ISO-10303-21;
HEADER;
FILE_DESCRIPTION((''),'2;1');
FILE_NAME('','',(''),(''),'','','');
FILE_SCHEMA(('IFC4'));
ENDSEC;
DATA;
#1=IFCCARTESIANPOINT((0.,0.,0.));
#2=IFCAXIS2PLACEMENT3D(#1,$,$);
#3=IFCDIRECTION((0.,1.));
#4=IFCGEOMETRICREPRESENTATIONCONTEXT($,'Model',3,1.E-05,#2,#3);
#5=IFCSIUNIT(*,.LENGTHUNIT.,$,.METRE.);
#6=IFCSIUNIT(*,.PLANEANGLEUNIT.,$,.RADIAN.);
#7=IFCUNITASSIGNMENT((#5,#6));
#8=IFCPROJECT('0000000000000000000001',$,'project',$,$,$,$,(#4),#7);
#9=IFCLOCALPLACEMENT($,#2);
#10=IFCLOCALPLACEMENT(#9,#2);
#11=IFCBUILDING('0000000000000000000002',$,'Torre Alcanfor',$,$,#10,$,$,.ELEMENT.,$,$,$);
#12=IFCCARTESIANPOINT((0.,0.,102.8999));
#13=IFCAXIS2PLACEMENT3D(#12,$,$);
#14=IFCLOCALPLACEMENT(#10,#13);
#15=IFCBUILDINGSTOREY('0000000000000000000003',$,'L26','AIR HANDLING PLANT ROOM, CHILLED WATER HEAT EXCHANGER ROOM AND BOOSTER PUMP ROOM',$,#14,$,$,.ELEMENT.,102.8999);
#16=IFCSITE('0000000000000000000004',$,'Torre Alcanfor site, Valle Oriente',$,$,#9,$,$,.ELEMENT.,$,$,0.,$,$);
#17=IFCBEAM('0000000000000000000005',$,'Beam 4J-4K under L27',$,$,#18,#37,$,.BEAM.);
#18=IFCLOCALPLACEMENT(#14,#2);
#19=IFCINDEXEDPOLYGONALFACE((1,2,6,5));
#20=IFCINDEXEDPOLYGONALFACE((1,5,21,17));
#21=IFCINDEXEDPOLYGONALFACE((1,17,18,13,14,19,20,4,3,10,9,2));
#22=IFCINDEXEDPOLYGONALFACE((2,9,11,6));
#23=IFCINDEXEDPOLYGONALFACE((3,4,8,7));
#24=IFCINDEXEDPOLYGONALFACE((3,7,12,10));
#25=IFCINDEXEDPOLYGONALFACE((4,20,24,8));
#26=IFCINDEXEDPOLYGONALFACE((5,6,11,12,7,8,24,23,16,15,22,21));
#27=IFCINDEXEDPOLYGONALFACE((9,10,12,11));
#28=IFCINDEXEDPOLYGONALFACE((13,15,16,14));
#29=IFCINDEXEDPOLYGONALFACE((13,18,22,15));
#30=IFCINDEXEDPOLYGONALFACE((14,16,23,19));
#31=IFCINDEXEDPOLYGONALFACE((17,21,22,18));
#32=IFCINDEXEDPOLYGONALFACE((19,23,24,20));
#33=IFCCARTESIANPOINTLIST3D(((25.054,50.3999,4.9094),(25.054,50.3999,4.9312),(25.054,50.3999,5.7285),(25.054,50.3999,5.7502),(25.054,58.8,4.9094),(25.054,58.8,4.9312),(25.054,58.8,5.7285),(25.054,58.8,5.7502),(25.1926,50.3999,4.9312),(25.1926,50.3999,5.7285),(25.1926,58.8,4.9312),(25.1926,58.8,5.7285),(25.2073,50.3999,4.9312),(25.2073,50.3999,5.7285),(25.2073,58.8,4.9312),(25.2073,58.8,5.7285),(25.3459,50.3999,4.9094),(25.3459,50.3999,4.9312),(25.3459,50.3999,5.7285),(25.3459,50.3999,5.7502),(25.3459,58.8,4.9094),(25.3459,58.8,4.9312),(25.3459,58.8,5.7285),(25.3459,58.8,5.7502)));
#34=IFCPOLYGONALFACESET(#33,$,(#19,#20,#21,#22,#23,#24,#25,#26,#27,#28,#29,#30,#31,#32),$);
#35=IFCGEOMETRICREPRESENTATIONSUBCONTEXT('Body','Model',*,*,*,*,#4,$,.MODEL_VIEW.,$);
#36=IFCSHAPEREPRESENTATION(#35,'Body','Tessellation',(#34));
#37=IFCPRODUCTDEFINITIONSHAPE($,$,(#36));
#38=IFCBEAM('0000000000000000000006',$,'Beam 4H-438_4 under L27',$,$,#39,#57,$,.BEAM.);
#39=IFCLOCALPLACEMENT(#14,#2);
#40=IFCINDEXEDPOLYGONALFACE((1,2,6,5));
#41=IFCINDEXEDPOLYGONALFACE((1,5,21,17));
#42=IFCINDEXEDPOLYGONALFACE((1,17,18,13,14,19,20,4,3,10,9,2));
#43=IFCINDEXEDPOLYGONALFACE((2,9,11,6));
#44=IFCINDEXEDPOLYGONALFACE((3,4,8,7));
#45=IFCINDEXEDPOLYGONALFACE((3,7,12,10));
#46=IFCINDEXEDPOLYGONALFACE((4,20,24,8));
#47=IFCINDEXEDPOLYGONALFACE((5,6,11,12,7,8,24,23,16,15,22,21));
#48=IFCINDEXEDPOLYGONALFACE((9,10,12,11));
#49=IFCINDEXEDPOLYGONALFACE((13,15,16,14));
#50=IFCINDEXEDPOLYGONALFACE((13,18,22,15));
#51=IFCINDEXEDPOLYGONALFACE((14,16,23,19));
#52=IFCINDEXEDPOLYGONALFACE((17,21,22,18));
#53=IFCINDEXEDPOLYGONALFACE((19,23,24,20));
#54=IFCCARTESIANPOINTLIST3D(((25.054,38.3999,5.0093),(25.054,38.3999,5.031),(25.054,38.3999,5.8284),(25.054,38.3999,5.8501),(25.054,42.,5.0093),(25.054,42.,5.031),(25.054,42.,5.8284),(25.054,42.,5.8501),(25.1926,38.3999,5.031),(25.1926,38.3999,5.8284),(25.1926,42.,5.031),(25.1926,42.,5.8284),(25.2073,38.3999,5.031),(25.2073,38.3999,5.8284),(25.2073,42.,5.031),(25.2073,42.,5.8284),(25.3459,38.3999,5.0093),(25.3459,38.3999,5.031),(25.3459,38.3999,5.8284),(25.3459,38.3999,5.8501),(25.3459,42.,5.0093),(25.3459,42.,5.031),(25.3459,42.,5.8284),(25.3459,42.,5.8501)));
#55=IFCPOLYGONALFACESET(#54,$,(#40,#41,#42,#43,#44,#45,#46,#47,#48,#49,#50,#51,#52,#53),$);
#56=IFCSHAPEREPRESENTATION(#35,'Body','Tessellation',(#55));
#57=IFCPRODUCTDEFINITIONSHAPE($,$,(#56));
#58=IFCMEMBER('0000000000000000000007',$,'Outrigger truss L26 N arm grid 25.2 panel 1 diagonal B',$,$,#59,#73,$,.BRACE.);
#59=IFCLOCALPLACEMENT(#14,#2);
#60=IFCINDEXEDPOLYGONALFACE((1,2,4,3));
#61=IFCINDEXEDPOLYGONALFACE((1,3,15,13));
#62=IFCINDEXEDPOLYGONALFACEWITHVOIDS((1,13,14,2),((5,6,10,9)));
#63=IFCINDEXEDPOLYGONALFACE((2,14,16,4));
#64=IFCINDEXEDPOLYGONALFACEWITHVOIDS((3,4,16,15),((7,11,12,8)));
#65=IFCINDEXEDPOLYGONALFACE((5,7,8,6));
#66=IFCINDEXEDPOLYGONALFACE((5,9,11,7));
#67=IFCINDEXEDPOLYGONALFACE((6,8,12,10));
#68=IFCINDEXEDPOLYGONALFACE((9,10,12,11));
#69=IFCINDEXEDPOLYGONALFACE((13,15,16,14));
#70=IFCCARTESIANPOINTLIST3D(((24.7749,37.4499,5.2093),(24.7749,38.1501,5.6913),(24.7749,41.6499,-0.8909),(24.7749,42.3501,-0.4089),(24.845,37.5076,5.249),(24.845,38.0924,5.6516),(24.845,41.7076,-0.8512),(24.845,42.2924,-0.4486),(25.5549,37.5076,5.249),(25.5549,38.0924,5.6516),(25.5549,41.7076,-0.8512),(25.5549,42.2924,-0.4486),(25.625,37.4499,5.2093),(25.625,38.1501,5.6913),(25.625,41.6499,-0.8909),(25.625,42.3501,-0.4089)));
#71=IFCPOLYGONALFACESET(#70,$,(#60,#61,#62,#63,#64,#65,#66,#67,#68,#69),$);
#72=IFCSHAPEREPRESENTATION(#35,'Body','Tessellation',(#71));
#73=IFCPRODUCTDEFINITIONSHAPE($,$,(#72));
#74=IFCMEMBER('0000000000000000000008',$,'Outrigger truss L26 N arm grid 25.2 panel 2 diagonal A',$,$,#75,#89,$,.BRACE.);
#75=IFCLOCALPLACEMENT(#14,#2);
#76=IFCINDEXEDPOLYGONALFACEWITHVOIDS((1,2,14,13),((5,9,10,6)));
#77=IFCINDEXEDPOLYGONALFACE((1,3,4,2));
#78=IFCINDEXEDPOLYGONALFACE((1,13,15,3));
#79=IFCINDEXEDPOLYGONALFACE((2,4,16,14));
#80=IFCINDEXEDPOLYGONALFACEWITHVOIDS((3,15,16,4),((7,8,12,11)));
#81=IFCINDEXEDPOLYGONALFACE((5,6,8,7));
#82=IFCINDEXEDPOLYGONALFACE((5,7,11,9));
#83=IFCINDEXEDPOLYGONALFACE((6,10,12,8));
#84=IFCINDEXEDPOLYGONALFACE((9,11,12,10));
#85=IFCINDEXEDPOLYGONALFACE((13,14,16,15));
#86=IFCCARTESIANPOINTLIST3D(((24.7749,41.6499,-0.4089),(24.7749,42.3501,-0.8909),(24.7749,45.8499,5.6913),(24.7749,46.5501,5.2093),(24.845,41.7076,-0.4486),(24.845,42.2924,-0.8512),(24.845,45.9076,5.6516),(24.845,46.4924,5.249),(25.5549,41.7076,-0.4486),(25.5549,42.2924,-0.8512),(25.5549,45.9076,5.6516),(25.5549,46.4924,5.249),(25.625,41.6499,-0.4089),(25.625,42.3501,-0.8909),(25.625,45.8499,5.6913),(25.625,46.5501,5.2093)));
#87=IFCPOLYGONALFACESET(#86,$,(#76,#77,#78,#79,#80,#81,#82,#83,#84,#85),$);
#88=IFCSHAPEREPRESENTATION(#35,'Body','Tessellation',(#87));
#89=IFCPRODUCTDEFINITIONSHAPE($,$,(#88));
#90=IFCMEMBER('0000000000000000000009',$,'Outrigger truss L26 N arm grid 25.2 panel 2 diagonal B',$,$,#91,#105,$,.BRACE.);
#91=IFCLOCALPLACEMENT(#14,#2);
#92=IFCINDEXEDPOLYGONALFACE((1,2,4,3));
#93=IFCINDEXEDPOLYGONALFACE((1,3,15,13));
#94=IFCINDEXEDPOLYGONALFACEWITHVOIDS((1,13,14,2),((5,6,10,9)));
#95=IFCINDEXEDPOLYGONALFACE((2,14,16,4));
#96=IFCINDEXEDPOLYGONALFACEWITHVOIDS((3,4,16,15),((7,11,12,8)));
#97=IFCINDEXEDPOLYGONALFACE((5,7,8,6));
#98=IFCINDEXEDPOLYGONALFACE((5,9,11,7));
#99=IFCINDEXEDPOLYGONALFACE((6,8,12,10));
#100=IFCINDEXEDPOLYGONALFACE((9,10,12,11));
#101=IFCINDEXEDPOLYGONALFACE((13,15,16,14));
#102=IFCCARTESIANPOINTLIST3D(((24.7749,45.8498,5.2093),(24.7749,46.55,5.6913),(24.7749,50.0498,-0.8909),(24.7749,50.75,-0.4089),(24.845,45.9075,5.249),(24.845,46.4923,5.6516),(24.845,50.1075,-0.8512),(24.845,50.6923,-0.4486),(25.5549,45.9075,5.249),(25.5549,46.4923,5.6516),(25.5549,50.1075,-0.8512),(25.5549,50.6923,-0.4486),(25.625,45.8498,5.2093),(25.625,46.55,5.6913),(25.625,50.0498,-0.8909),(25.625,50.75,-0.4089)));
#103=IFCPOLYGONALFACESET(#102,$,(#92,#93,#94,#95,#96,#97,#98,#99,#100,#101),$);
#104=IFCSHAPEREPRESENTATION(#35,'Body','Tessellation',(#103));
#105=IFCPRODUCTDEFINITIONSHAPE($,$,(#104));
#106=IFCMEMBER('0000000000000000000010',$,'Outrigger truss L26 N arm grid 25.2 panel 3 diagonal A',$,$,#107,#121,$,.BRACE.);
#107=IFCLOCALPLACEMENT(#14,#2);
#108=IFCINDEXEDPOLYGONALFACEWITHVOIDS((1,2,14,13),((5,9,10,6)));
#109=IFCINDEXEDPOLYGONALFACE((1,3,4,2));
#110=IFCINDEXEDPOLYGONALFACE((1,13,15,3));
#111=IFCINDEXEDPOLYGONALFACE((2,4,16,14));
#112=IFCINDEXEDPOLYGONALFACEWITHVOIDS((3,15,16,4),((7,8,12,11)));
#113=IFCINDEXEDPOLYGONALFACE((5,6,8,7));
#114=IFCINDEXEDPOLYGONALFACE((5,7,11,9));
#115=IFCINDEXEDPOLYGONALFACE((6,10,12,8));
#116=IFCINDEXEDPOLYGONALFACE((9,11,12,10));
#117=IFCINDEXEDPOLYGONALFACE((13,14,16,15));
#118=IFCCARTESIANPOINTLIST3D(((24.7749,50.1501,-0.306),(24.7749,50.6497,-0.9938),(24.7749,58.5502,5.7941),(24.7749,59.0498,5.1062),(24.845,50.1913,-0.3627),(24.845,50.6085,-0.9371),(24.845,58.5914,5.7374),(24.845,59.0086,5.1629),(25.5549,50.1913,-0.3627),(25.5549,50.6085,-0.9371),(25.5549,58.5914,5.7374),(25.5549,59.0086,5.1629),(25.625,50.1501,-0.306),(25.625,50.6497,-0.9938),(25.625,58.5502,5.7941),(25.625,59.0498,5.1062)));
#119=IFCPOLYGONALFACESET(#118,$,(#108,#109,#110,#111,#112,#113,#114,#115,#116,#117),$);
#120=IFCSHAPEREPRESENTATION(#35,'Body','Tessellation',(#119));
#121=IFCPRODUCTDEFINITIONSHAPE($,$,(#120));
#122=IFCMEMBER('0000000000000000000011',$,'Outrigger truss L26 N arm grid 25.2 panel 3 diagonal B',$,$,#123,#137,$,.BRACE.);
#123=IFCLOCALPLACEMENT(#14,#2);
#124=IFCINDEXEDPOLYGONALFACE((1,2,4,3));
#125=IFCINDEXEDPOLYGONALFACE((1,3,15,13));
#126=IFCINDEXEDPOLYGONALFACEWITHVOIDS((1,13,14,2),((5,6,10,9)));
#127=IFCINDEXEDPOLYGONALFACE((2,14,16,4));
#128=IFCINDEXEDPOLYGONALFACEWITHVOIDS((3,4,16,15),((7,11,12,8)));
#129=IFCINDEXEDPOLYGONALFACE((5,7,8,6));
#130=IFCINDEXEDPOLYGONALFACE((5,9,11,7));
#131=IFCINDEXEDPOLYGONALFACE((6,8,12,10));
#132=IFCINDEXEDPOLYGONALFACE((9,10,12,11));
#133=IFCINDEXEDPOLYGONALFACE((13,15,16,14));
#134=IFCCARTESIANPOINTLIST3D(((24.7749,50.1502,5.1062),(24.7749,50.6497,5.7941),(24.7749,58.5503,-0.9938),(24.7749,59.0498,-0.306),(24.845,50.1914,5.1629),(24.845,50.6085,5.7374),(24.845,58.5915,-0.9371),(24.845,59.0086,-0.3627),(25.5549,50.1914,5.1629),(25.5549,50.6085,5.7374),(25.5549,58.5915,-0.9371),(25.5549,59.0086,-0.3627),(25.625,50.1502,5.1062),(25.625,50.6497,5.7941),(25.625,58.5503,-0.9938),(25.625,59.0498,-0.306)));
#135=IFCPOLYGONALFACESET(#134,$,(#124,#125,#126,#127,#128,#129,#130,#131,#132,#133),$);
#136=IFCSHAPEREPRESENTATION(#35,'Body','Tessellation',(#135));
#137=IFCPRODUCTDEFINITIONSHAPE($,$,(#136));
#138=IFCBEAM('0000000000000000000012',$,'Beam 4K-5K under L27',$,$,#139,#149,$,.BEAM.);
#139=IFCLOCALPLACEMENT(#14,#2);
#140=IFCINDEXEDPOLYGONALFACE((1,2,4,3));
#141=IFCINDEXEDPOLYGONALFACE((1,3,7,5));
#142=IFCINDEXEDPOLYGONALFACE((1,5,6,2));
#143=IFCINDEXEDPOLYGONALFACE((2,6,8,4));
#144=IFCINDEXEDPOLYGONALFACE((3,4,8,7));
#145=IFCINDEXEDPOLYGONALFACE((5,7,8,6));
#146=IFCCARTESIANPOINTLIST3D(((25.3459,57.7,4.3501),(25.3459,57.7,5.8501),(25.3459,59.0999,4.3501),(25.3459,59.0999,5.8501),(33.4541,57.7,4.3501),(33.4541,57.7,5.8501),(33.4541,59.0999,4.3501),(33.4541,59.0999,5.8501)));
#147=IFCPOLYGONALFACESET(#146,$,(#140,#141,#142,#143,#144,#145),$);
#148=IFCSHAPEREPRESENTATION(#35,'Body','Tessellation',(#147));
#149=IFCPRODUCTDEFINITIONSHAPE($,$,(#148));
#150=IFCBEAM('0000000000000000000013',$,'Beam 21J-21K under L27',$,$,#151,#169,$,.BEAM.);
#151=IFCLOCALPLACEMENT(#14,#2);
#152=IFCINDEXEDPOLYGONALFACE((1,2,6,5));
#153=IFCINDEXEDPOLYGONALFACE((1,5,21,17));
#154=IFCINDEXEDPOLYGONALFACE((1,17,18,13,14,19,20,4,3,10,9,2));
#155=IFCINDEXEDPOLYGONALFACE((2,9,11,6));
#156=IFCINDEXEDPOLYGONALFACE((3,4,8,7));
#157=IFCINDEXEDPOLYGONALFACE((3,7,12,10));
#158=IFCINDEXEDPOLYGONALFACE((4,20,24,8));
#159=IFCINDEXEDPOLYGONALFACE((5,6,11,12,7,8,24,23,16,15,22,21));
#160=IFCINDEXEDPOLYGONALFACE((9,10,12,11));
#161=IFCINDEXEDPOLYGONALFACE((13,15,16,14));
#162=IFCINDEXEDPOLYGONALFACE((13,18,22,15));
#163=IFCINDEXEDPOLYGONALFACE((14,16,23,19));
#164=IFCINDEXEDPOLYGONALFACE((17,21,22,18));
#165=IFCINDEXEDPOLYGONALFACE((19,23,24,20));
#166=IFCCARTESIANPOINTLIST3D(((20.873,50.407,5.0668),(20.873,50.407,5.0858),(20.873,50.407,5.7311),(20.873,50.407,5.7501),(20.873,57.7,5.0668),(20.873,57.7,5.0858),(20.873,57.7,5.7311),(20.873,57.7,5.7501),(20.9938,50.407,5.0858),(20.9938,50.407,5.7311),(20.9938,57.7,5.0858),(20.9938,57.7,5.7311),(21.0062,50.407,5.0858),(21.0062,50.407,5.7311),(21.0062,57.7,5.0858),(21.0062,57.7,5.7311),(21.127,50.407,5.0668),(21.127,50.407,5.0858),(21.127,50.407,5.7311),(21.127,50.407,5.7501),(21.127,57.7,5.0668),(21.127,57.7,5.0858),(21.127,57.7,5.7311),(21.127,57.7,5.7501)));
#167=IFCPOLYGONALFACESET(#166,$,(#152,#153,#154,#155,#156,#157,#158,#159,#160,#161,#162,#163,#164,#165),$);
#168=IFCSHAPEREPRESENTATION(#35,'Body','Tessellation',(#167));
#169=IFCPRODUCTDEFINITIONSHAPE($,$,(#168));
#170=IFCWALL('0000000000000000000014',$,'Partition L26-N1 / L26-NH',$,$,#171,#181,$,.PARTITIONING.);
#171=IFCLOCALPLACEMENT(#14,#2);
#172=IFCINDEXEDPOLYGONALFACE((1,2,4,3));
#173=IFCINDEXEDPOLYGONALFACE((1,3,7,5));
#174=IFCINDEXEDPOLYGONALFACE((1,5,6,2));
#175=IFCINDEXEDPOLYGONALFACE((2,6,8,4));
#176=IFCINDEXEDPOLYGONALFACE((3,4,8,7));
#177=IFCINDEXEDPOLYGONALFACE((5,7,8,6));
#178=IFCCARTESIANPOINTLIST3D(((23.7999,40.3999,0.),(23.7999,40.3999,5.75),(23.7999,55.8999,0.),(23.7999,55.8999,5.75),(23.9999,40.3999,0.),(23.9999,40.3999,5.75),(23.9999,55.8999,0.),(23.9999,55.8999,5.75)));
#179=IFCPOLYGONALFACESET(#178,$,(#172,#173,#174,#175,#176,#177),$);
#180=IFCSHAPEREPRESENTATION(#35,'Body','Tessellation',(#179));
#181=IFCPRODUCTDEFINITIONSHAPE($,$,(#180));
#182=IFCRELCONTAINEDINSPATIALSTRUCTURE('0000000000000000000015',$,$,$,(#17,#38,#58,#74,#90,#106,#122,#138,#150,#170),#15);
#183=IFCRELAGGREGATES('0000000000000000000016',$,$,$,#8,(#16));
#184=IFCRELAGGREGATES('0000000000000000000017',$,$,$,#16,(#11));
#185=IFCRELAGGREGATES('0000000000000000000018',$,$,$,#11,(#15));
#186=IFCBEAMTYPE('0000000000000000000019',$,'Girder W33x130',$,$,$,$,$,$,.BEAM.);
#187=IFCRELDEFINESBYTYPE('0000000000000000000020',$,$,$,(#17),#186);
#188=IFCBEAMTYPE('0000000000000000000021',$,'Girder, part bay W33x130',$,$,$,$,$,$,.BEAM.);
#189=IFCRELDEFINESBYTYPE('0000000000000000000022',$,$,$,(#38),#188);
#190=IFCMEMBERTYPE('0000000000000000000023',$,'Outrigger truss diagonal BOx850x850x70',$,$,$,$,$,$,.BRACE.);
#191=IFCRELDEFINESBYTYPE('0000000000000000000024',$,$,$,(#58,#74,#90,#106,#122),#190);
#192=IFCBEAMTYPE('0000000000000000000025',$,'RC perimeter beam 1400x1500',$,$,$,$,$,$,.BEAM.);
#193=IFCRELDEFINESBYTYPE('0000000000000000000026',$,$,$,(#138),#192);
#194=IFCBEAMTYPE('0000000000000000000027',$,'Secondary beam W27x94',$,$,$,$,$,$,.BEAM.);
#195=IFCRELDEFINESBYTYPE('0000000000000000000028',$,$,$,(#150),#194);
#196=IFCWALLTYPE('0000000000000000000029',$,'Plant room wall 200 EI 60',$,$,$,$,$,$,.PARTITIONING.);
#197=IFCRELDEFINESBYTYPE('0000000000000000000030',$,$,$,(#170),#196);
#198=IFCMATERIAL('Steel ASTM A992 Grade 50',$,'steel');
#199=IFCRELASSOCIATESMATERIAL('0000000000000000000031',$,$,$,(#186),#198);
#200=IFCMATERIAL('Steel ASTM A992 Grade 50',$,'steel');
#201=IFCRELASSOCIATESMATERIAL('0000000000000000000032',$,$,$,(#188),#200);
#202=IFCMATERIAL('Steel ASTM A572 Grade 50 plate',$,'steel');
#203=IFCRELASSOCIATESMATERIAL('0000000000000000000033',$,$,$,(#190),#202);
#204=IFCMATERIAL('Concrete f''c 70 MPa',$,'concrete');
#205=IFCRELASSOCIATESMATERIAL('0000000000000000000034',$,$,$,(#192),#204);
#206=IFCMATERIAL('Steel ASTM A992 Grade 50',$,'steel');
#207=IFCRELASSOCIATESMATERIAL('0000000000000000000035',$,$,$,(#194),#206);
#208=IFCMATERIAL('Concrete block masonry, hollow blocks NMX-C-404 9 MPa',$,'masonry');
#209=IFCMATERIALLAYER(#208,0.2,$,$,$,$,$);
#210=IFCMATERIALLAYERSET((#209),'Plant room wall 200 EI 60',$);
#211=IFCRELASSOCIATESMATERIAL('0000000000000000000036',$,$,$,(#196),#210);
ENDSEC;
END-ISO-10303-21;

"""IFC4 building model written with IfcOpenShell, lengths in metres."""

from ifc_helpers import new_model, si_unit, direction, frame, frame_2d, origin, origin_2d, place, context, subcontext, project, spatial, rectangle, hollow_rectangle, i_section, extrude, material, layer, layer_set, material_profile, profile_set, type_object, element, save


model = new_model("IFC4")

# Units and contexts
model_context = context("Model", 3, precision=1e-05, world=origin(), true_north=direction((0.0, 1.0)))
body_context = subcontext(model_context, "Body", "Model", "MODEL_VIEW")
ifc_project = project(units=[si_unit("LENGTHUNIT", "METRE"), si_unit("PLANEANGLEUNIT", "RADIAN")], contexts=[model_context])

# Site, building, storey
site_placement = place(None, origin())
site = spatial("IfcSite", under=ifc_project, at=site_placement, Name="Torre Alcanfor site, Valle Oriente", CompositionType="ELEMENT", RefElevation=0.0)
building_placement = place(site_placement, origin())
building = spatial("IfcBuilding", under=site, at=building_placement, Name="Torre Alcanfor", CompositionType="ELEMENT")
storey_placement = place(building_placement, frame((0.0, 0.0, 102.8999)))
storey = spatial("IfcBuildingStorey", under=building, at=storey_placement, Name="L26", Description="AIR HANDLING PLANT ROOM, CHILLED WATER HEAT EXCHANGER ROOM AND BOOSTER PUMP ROOM", CompositionType="ELEMENT", Elevation=102.8999)

# Beams
ifc_material_1 = material(Name="Steel ASTM A992 Grade 50", Category="steel")
ifc_material_profile_1 = material_profile(ifc_material_1, i_section(OverallWidth=0.292, OverallDepth=0.8408, WebThickness=0.0146, FlangeThickness=0.0217, at=origin_2d()), Name="W33x130")
ifc_profile_set_1 = profile_set([ifc_material_profile_1], Name="Steel ASTM A992 Grade 50")
beam_type_1 = type_object("IfcBeamType", Name="Girder W33x130", PredefinedType="BEAM", material=ifc_profile_set_1)
beam_1_placement = place(storey_placement, frame((25.2, 50.3999, 5.3298), z_axis=(0.0, 1.0, 0.0), x_axis=(-1.0, 0.0, 0.0)))
element("IfcBeam", 1, at=beam_1_placement, inside=storey, type_object=beam_type_1, Name="Beam 4J-4K under L27", PredefinedType="BEAM", context=body_context, shape_type="SweptSolid", body=[
    extrude(i_section(OverallWidth=0.292, OverallDepth=0.8408, WebThickness=0.0146, FlangeThickness=0.0217, at=origin_2d()), origin(), (0.0, 0.0, 1.0), 8.4001),
])
ifc_material_2 = material(Name="Steel ASTM A992 Grade 50", Category="steel")
ifc_material_profile_2 = material_profile(ifc_material_2, i_section(OverallWidth=0.292, OverallDepth=0.8408, WebThickness=0.0146, FlangeThickness=0.0217, at=origin_2d()), Name="W33x130")
ifc_profile_set_2 = profile_set([ifc_material_profile_2], Name="Steel ASTM A992 Grade 50")
beam_type_2 = type_object("IfcBeamType", Name="Girder, part bay W33x130", PredefinedType="BEAM", material=ifc_profile_set_2)
beam_2_placement = place(storey_placement, frame((25.2, 42.0, 5.4297), z_axis=(0.0, -1.0, 0.0), x_axis=(1.0, 0.0, 0.0)))
element("IfcBeam", 2, at=beam_2_placement, inside=storey, type_object=beam_type_2, Name="Beam 4H-438_4 under L27", PredefinedType="BEAM", context=body_context, shape_type="SweptSolid", body=[
    extrude(i_section(OverallWidth=0.292, OverallDepth=0.8408, WebThickness=0.0146, FlangeThickness=0.0217, at=origin_2d()), origin(), (0.0, 0.0, 1.0), 3.6001),
])

# Members
ifc_material_3 = material(Name="Steel ASTM A572 Grade 50 plate", Category="steel")
ifc_material_profile_3 = material_profile(ifc_material_3, hollow_rectangle(XDim=0.8501, YDim=0.8501, WallThickness=0.0701, at=origin_2d()), Name="BOX 850x850x70")
ifc_profile_set_3 = profile_set([ifc_material_profile_3], Name="Steel ASTM A572 Grade 50 plate")
member_type_1 = type_object("IfcMemberType", Name="Outrigger truss diagonal BOx850x850x70", PredefinedType="BRACE", material=ifc_profile_set_3)
for number, where, z_axis, x_axis, name in (
    (3, (25.2, 42.0, -0.6499), (0.0, -0.567091, 0.823655), (1.0, 0.0, 0.0), "Outrigger truss L26 N arm grid 25.2 panel 1 diagonal B"),
    (4, (25.2, 42.0, -0.6499), (0.0, 0.567091, 0.823655), (-1.0, 0.0, 0.0), "Outrigger truss L26 N arm grid 25.2 panel 2 diagonal A"),
    (5, (25.2, 50.3999, -0.6499), (0.0, -0.567091, 0.823655), (1.0, 0.0, 0.0), "Outrigger truss L26 N arm grid 25.2 panel 2 diagonal B"),
):
    element("IfcMember", number, at=place(storey_placement, frame(where, z_axis=z_axis, x_axis=x_axis)), inside=storey, type_object=member_type_1, Name=name, PredefinedType="BRACE", context=body_context, shape_type="SweptSolid", body=[
        extrude(hollow_rectangle(XDim=0.8501, YDim=0.8501, WallThickness=0.0701, at=origin_2d()), origin(), (0.0, 0.0, 1.0), 7.4062),
    ])
for number, where, z_axis, x_axis, name in (
    (6, (25.2, 50.3999, -0.6499), (0.0, 0.809153, 0.587598), (-1.0, 0.0, 0.0), "Outrigger truss L26 N arm grid 25.2 panel 3 diagonal A"),
    (7, (25.2, 58.8, -0.6499), (0.0, -0.809153, 0.587598), (1.0, 0.0, 0.0), "Outrigger truss L26 N arm grid 25.2 panel 3 diagonal B"),
):
    element("IfcMember", number, at=place(storey_placement, frame(where, z_axis=z_axis, x_axis=x_axis)), inside=storey, type_object=member_type_1, Name=name, PredefinedType="BRACE", context=body_context, shape_type="SweptSolid", body=[
        extrude(hollow_rectangle(XDim=0.8501, YDim=0.8501, WallThickness=0.0701, at=origin_2d()), origin(), (0.0, 0.0, 1.0), 10.3813),
    ])

# Beams
ifc_material_4 = material(Name="Concrete f'c 70 MPa", Category="concrete")
ifc_material_profile_4 = material_profile(ifc_material_4, rectangle(XDim=1.3999, YDim=1.5, at=origin_2d()), Name="1400x1500")
ifc_profile_set_4 = profile_set([ifc_material_profile_4], Name="Concrete f'c 70 MPa")
beam_type_3 = type_object("IfcBeamType", Name="RC perimeter beam 1400x1500", PredefinedType="BEAM", material=ifc_profile_set_4)
beam_3_placement = place(storey_placement, frame((25.3459, 58.3999, 5.1001), z_axis=(1.0, 0.0, 0.0), x_axis=(0.0, 1.0, 0.0)))
element("IfcBeam", 8, at=beam_3_placement, inside=storey, type_object=beam_type_3, Name="Beam 4K-5K under L27", PredefinedType="BEAM", context=body_context, shape_type="SweptSolid", body=[
    extrude(rectangle(XDim=1.3999, YDim=1.5, at=origin_2d()), origin(), (0.0, 0.0, 1.0), 8.1082),
])
ifc_material_5 = material(Name="Steel ASTM A992 Grade 50", Category="steel")
ifc_material_profile_5 = material_profile(ifc_material_5, i_section(OverallWidth=0.2539, OverallDepth=0.6833, WebThickness=0.0125, FlangeThickness=0.019, at=origin_2d()), Name="W27x94")
ifc_profile_set_5 = profile_set([ifc_material_profile_5], Name="Steel ASTM A992 Grade 50")
beam_type_4 = type_object("IfcBeamType", Name="Secondary beam W27x94", PredefinedType="BEAM", material=ifc_profile_set_5)
beam_4_placement = place(storey_placement, frame((21.0, 50.407, 5.4084), z_axis=(0.0, 1.0, 0.0), x_axis=(-1.0, 0.0, 0.0)))
element("IfcBeam", 9, at=beam_4_placement, inside=storey, type_object=beam_type_4, Name="Beam 21J-21K under L27", PredefinedType="BEAM", context=body_context, shape_type="SweptSolid", body=[
    extrude(i_section(OverallWidth=0.2539, OverallDepth=0.6833, WebThickness=0.0125, FlangeThickness=0.019, at=origin_2d()), origin(), (0.0, 0.0, 1.0), 7.293),
])

# Wall
ifc_material_6 = material(Name="Concrete block masonry, hollow blocks NMX-C-404 9 MPa", Category="masonry")
ifc_layer_1 = layer(ifc_material_6, 0.2)
ifc_layer_set_1 = layer_set([ifc_layer_1], Name="Plant room wall 200 EI 60")
wall_type = type_object("IfcWallType", Name="Plant room wall 200 EI 60", PredefinedType="PARTITIONING", material=ifc_layer_set_1)
wall_1_placement = place(storey_placement, frame((23.8999, 55.8999, 0.0), z_axis=(0.0, 0.0, 1.0), x_axis=(0.0, -1.0, 0.0)))
element("IfcWall", 10, at=wall_1_placement, inside=storey, type_object=wall_type, Name="Partition L26-N1 / L26-NH", PredefinedType="PARTITIONING", context=body_context, shape_type="SweptSolid", body=[
    extrude(rectangle(XDim=15.5, YDim=0.2, at=frame_2d((7.75, 0.0))), origin(), (0.0, 0.0, 1.0), 5.75),
])

save(model, "model.ifc")
